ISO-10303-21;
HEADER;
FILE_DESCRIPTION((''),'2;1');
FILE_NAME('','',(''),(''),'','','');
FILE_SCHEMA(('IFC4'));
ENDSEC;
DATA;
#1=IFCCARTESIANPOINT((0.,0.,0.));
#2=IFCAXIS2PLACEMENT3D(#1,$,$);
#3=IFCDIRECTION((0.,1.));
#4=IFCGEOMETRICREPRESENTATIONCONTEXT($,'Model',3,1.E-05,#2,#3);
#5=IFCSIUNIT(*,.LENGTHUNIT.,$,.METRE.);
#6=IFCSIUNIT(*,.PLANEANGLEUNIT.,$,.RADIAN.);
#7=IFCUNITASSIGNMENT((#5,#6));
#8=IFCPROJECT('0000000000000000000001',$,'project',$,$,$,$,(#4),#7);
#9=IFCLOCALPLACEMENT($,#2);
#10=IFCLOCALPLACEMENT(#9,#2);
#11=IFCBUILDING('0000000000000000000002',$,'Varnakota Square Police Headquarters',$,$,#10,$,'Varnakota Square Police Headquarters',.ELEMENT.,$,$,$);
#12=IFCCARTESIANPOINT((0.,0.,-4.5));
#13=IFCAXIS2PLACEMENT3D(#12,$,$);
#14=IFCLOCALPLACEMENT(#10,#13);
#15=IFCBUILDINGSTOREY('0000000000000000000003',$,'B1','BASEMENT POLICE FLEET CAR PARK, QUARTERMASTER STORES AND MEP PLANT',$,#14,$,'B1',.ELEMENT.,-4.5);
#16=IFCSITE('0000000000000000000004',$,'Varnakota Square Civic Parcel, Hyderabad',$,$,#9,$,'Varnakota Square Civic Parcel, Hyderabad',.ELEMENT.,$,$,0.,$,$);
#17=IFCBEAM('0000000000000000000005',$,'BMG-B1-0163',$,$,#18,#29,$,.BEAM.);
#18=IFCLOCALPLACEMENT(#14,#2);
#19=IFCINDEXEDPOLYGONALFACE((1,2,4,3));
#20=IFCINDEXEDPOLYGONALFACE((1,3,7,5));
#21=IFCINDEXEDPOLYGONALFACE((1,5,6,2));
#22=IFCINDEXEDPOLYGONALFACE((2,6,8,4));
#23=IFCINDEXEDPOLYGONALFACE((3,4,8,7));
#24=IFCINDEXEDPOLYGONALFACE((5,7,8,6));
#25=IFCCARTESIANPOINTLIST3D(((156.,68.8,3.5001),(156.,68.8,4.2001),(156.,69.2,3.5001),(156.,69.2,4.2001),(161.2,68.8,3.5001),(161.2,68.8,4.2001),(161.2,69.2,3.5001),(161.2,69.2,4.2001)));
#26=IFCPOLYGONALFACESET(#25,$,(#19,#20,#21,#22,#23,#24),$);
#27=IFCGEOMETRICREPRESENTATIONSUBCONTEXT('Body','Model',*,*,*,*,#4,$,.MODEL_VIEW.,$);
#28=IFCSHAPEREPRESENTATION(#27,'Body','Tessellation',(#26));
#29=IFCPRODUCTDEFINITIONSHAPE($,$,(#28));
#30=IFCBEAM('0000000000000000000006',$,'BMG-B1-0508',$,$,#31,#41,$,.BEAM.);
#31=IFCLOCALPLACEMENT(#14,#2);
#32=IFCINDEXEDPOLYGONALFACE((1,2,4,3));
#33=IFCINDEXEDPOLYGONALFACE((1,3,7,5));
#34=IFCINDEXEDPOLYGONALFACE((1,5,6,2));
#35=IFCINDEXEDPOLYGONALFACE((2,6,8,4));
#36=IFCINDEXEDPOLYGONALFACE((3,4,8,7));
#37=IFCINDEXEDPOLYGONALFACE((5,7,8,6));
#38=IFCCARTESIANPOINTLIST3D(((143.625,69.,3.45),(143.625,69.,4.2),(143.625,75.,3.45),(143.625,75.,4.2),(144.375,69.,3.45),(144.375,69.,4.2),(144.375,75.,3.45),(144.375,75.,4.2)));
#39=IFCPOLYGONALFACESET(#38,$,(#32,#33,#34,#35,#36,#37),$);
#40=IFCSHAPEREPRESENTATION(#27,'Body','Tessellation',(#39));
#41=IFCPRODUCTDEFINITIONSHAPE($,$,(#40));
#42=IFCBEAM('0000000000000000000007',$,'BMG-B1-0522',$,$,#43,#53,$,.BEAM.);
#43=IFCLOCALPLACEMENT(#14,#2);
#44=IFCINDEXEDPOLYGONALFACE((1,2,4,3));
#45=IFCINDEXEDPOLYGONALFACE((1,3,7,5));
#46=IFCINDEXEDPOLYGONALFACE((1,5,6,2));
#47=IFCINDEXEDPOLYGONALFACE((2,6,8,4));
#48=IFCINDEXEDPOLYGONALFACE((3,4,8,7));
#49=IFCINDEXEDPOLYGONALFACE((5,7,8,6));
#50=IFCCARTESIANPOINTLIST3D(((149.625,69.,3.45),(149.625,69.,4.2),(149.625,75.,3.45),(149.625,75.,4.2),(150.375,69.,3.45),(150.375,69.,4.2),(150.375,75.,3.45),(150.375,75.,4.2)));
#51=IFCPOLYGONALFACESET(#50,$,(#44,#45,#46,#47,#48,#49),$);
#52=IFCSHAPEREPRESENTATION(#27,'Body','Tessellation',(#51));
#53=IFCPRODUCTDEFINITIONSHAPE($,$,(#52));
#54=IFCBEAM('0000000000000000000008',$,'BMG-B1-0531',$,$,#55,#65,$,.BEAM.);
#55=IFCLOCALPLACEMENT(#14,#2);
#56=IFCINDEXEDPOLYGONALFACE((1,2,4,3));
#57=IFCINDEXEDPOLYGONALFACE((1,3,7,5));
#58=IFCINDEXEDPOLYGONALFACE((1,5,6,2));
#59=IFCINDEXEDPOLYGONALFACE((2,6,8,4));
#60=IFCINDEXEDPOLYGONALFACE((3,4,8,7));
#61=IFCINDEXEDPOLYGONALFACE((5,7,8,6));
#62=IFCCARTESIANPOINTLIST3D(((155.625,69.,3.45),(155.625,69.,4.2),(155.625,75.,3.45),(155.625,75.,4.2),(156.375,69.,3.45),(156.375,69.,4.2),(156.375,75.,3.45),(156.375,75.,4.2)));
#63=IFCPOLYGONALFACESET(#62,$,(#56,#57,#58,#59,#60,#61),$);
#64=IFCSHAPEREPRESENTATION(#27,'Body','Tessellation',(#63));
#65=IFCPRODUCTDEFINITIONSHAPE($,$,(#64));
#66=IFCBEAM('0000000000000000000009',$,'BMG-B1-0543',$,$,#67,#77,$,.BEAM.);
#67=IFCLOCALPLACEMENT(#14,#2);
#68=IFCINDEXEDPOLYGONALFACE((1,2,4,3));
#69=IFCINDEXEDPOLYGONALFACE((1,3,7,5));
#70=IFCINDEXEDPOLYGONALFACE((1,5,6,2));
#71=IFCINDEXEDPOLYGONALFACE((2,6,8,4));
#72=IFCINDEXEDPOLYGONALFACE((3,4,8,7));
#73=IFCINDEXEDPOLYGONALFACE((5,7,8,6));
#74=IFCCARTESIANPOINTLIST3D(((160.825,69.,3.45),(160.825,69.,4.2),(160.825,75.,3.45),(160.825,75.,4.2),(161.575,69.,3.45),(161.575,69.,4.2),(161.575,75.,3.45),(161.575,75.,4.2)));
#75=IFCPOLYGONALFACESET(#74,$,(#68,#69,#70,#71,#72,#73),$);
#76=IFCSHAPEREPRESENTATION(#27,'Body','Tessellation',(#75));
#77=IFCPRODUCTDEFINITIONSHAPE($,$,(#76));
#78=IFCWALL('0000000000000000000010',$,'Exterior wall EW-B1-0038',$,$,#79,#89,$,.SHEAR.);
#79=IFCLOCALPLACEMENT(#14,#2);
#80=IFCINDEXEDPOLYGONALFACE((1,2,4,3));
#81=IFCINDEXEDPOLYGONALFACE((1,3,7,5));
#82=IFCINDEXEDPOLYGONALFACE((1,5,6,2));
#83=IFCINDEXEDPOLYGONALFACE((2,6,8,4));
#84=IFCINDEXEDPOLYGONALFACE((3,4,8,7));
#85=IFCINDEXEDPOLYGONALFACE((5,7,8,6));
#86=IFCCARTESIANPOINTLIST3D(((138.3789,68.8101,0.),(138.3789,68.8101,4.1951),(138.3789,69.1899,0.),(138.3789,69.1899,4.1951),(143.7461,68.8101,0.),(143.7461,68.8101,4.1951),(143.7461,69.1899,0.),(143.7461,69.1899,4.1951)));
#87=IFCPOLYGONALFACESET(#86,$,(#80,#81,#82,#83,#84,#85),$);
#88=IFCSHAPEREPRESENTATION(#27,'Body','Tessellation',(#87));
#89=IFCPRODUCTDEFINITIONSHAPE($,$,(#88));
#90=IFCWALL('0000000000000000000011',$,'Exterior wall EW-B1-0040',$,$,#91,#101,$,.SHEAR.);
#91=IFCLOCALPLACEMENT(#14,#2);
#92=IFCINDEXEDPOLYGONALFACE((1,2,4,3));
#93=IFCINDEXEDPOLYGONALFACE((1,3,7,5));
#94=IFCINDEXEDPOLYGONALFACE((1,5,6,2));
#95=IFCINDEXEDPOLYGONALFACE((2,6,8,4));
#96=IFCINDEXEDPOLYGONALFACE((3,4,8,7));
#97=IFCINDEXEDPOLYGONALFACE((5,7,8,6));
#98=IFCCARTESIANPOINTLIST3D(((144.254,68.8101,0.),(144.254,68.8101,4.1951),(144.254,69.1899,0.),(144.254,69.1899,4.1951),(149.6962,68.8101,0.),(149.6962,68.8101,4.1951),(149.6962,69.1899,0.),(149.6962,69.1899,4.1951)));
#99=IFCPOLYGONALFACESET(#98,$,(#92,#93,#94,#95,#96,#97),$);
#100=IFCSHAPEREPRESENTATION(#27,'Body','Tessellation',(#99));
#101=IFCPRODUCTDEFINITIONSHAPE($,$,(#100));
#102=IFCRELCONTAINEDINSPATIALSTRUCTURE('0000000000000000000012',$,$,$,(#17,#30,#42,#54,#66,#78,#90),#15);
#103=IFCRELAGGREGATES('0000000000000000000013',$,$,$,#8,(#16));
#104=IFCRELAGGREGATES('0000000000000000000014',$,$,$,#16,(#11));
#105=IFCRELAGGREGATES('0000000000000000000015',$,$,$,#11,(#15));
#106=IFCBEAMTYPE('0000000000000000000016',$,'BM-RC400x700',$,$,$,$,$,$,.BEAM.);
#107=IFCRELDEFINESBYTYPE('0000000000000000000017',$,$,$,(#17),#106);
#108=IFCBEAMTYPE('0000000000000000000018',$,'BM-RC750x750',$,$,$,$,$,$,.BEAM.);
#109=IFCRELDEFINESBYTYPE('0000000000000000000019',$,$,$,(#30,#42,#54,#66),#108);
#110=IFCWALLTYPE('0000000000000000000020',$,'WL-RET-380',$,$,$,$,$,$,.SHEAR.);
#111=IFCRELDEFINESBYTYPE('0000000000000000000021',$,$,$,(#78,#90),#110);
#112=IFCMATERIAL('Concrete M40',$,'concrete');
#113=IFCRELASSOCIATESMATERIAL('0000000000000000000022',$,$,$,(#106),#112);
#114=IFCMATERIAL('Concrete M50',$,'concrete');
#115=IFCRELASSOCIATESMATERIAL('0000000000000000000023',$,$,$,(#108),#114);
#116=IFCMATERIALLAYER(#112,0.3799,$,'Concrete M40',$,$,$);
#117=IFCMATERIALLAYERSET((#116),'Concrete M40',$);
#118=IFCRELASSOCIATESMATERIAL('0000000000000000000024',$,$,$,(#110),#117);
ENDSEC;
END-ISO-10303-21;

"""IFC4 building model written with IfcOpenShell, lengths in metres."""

from ifc_helpers import new_model, si_unit, direction, frame, frame_2d, origin, origin_2d, place, context, subcontext, project, spatial, rectangle, extrude, material, layer, layer_set, material_profile, profile_set, type_object, element, save


model = new_model("IFC4")

# Units and contexts
model_context = context("Model", 3, precision=1e-05, world=origin(), true_north=direction((0.0, 1.0)))
body_context = subcontext(model_context, "Body", "Model", "MODEL_VIEW")
ifc_project = project(units=[si_unit("LENGTHUNIT", "METRE"), si_unit("PLANEANGLEUNIT", "RADIAN")], contexts=[model_context])

# Site, building, storey
site_placement = place(None, origin())
site = spatial("IfcSite", under=ifc_project, at=site_placement, Name="Varnakota Square Civic Parcel, Hyderabad", LongName="Varnakota Square Civic Parcel, Hyderabad", CompositionType="ELEMENT", RefElevation=0.0)
building_placement = place(site_placement, origin())
building = spatial("IfcBuilding", under=site, at=building_placement, Name="Varnakota Square Police Headquarters", LongName="Varnakota Square Police Headquarters", CompositionType="ELEMENT")
storey_placement = place(building_placement, frame((0.0, 0.0, -4.5)))
storey = spatial("IfcBuildingStorey", under=building, at=storey_placement, Name="B1", Description="BASEMENT POLICE FLEET CAR PARK, QUARTERMASTER STORES AND MEP PLANT", LongName="B1", CompositionType="ELEMENT", Elevation=-4.5)

# Shared definitions
ifc_material_1 = material(Name="Concrete M40", Category="concrete")

# Shared definitions
ifc_material_2 = material(Name="Concrete M50", Category="concrete")

# Beams
ifc_material_profile_1 = material_profile(ifc_material_1, rectangle(XDim=0.3999, YDim=0.7, at=origin_2d()), Name="RC 400x700")
ifc_profile_set_1 = profile_set([ifc_material_profile_1], Name="Concrete M40")
beam_type_1 = type_object("IfcBeamType", Name="BM-RC400x700", PredefinedType="BEAM", material=ifc_profile_set_1)
beam_placement = place(storey_placement, frame((156.0, 69.0, 3.8501), z_axis=(1.0, 0.0, 0.0), x_axis=(0.0, 1.0, 0.0)))
element("IfcBeam", 1, at=beam_placement, inside=storey, type_object=beam_type_1, Name="BMG-B1-0163", PredefinedType="BEAM", context=body_context, shape_type="SweptSolid", body=[
    extrude(rectangle(XDim=0.3999, YDim=0.7, at=origin_2d()), origin(), (0.0, 0.0, 1.0), 5.2),
])
ifc_material_profile_2 = material_profile(ifc_material_2, rectangle(XDim=0.75, YDim=0.75, at=origin_2d()), Name="RC 750x750")
ifc_profile_set_2 = profile_set([ifc_material_profile_2], Name="Concrete M50")
beam_type_2 = type_object("IfcBeamType", Name="BM-RC750x750", PredefinedType="BEAM", material=ifc_profile_set_2)
for number, where, z_axis, x_axis, name in (
    (2, (144.0, 69.0, 3.825), (0.0, 1.0, 0.0), (-1.0, 0.0, 0.0), "BMG-B1-0508"),
    (3, (150.0, 69.0, 3.825), (0.0, 1.0, 0.0), (-1.0, 0.0, 0.0), "BMG-B1-0522"),
    (4, (156.0, 69.0, 3.825), (0.0, 1.0, 0.0), (-1.0, 0.0, 0.0), "BMG-B1-0531"),
    (5, (161.2, 69.0, 3.825), (0.0, 1.0, 0.0), (-1.0, 0.0, 0.0), "BMG-B1-0543"),
):
    element("IfcBeam", number, at=place(storey_placement, frame(where, z_axis=z_axis, x_axis=x_axis)), inside=storey, type_object=beam_type_2, Name=name, PredefinedType="BEAM", context=body_context, shape_type="SweptSolid", body=[
        extrude(rectangle(XDim=0.75, YDim=0.75, at=origin_2d()), origin(), (0.0, 0.0, 1.0), 6.0),
    ])

# Walls
ifc_layer = layer(ifc_material_1, 0.3799, Name="Concrete M40")
ifc_layer_set = layer_set([ifc_layer], Name="Concrete M40")
wall_type = type_object("IfcWallType", Name="WL-RET-380", PredefinedType="SHEAR", material=ifc_layer_set)
wall_1_placement = place(storey_placement, frame((138.3789, 69.0, 0.0), z_axis=(0.0, 0.0, 1.0), x_axis=(1.0, 0.0, 0.0)))
element("IfcWall", 6, at=wall_1_placement, inside=storey, type_object=wall_type, Name="Exterior wall EW-B1-0038", PredefinedType="SHEAR", context=body_context, shape_type="SweptSolid", body=[
    extrude(rectangle(XDim=5.3672, YDim=0.3799, at=frame_2d((2.6836, 0.0))), origin(), (0.0, 0.0, 1.0), 4.1951),
])
wall_2_placement = place(storey_placement, frame((144.2539, 69.0, 0.0), z_axis=(0.0, 0.0, 1.0), x_axis=(1.0, 0.0, 0.0)))
element("IfcWall", 7, at=wall_2_placement, inside=storey, type_object=wall_type, Name="Exterior wall EW-B1-0040", PredefinedType="SHEAR", context=body_context, shape_type="SweptSolid", body=[
    extrude(rectangle(XDim=5.4421, YDim=0.3799, at=frame_2d((2.7212, 0.0))), origin(), (0.0, 0.0, 1.0), 4.1951),
])

save(model, "model.ifc")
